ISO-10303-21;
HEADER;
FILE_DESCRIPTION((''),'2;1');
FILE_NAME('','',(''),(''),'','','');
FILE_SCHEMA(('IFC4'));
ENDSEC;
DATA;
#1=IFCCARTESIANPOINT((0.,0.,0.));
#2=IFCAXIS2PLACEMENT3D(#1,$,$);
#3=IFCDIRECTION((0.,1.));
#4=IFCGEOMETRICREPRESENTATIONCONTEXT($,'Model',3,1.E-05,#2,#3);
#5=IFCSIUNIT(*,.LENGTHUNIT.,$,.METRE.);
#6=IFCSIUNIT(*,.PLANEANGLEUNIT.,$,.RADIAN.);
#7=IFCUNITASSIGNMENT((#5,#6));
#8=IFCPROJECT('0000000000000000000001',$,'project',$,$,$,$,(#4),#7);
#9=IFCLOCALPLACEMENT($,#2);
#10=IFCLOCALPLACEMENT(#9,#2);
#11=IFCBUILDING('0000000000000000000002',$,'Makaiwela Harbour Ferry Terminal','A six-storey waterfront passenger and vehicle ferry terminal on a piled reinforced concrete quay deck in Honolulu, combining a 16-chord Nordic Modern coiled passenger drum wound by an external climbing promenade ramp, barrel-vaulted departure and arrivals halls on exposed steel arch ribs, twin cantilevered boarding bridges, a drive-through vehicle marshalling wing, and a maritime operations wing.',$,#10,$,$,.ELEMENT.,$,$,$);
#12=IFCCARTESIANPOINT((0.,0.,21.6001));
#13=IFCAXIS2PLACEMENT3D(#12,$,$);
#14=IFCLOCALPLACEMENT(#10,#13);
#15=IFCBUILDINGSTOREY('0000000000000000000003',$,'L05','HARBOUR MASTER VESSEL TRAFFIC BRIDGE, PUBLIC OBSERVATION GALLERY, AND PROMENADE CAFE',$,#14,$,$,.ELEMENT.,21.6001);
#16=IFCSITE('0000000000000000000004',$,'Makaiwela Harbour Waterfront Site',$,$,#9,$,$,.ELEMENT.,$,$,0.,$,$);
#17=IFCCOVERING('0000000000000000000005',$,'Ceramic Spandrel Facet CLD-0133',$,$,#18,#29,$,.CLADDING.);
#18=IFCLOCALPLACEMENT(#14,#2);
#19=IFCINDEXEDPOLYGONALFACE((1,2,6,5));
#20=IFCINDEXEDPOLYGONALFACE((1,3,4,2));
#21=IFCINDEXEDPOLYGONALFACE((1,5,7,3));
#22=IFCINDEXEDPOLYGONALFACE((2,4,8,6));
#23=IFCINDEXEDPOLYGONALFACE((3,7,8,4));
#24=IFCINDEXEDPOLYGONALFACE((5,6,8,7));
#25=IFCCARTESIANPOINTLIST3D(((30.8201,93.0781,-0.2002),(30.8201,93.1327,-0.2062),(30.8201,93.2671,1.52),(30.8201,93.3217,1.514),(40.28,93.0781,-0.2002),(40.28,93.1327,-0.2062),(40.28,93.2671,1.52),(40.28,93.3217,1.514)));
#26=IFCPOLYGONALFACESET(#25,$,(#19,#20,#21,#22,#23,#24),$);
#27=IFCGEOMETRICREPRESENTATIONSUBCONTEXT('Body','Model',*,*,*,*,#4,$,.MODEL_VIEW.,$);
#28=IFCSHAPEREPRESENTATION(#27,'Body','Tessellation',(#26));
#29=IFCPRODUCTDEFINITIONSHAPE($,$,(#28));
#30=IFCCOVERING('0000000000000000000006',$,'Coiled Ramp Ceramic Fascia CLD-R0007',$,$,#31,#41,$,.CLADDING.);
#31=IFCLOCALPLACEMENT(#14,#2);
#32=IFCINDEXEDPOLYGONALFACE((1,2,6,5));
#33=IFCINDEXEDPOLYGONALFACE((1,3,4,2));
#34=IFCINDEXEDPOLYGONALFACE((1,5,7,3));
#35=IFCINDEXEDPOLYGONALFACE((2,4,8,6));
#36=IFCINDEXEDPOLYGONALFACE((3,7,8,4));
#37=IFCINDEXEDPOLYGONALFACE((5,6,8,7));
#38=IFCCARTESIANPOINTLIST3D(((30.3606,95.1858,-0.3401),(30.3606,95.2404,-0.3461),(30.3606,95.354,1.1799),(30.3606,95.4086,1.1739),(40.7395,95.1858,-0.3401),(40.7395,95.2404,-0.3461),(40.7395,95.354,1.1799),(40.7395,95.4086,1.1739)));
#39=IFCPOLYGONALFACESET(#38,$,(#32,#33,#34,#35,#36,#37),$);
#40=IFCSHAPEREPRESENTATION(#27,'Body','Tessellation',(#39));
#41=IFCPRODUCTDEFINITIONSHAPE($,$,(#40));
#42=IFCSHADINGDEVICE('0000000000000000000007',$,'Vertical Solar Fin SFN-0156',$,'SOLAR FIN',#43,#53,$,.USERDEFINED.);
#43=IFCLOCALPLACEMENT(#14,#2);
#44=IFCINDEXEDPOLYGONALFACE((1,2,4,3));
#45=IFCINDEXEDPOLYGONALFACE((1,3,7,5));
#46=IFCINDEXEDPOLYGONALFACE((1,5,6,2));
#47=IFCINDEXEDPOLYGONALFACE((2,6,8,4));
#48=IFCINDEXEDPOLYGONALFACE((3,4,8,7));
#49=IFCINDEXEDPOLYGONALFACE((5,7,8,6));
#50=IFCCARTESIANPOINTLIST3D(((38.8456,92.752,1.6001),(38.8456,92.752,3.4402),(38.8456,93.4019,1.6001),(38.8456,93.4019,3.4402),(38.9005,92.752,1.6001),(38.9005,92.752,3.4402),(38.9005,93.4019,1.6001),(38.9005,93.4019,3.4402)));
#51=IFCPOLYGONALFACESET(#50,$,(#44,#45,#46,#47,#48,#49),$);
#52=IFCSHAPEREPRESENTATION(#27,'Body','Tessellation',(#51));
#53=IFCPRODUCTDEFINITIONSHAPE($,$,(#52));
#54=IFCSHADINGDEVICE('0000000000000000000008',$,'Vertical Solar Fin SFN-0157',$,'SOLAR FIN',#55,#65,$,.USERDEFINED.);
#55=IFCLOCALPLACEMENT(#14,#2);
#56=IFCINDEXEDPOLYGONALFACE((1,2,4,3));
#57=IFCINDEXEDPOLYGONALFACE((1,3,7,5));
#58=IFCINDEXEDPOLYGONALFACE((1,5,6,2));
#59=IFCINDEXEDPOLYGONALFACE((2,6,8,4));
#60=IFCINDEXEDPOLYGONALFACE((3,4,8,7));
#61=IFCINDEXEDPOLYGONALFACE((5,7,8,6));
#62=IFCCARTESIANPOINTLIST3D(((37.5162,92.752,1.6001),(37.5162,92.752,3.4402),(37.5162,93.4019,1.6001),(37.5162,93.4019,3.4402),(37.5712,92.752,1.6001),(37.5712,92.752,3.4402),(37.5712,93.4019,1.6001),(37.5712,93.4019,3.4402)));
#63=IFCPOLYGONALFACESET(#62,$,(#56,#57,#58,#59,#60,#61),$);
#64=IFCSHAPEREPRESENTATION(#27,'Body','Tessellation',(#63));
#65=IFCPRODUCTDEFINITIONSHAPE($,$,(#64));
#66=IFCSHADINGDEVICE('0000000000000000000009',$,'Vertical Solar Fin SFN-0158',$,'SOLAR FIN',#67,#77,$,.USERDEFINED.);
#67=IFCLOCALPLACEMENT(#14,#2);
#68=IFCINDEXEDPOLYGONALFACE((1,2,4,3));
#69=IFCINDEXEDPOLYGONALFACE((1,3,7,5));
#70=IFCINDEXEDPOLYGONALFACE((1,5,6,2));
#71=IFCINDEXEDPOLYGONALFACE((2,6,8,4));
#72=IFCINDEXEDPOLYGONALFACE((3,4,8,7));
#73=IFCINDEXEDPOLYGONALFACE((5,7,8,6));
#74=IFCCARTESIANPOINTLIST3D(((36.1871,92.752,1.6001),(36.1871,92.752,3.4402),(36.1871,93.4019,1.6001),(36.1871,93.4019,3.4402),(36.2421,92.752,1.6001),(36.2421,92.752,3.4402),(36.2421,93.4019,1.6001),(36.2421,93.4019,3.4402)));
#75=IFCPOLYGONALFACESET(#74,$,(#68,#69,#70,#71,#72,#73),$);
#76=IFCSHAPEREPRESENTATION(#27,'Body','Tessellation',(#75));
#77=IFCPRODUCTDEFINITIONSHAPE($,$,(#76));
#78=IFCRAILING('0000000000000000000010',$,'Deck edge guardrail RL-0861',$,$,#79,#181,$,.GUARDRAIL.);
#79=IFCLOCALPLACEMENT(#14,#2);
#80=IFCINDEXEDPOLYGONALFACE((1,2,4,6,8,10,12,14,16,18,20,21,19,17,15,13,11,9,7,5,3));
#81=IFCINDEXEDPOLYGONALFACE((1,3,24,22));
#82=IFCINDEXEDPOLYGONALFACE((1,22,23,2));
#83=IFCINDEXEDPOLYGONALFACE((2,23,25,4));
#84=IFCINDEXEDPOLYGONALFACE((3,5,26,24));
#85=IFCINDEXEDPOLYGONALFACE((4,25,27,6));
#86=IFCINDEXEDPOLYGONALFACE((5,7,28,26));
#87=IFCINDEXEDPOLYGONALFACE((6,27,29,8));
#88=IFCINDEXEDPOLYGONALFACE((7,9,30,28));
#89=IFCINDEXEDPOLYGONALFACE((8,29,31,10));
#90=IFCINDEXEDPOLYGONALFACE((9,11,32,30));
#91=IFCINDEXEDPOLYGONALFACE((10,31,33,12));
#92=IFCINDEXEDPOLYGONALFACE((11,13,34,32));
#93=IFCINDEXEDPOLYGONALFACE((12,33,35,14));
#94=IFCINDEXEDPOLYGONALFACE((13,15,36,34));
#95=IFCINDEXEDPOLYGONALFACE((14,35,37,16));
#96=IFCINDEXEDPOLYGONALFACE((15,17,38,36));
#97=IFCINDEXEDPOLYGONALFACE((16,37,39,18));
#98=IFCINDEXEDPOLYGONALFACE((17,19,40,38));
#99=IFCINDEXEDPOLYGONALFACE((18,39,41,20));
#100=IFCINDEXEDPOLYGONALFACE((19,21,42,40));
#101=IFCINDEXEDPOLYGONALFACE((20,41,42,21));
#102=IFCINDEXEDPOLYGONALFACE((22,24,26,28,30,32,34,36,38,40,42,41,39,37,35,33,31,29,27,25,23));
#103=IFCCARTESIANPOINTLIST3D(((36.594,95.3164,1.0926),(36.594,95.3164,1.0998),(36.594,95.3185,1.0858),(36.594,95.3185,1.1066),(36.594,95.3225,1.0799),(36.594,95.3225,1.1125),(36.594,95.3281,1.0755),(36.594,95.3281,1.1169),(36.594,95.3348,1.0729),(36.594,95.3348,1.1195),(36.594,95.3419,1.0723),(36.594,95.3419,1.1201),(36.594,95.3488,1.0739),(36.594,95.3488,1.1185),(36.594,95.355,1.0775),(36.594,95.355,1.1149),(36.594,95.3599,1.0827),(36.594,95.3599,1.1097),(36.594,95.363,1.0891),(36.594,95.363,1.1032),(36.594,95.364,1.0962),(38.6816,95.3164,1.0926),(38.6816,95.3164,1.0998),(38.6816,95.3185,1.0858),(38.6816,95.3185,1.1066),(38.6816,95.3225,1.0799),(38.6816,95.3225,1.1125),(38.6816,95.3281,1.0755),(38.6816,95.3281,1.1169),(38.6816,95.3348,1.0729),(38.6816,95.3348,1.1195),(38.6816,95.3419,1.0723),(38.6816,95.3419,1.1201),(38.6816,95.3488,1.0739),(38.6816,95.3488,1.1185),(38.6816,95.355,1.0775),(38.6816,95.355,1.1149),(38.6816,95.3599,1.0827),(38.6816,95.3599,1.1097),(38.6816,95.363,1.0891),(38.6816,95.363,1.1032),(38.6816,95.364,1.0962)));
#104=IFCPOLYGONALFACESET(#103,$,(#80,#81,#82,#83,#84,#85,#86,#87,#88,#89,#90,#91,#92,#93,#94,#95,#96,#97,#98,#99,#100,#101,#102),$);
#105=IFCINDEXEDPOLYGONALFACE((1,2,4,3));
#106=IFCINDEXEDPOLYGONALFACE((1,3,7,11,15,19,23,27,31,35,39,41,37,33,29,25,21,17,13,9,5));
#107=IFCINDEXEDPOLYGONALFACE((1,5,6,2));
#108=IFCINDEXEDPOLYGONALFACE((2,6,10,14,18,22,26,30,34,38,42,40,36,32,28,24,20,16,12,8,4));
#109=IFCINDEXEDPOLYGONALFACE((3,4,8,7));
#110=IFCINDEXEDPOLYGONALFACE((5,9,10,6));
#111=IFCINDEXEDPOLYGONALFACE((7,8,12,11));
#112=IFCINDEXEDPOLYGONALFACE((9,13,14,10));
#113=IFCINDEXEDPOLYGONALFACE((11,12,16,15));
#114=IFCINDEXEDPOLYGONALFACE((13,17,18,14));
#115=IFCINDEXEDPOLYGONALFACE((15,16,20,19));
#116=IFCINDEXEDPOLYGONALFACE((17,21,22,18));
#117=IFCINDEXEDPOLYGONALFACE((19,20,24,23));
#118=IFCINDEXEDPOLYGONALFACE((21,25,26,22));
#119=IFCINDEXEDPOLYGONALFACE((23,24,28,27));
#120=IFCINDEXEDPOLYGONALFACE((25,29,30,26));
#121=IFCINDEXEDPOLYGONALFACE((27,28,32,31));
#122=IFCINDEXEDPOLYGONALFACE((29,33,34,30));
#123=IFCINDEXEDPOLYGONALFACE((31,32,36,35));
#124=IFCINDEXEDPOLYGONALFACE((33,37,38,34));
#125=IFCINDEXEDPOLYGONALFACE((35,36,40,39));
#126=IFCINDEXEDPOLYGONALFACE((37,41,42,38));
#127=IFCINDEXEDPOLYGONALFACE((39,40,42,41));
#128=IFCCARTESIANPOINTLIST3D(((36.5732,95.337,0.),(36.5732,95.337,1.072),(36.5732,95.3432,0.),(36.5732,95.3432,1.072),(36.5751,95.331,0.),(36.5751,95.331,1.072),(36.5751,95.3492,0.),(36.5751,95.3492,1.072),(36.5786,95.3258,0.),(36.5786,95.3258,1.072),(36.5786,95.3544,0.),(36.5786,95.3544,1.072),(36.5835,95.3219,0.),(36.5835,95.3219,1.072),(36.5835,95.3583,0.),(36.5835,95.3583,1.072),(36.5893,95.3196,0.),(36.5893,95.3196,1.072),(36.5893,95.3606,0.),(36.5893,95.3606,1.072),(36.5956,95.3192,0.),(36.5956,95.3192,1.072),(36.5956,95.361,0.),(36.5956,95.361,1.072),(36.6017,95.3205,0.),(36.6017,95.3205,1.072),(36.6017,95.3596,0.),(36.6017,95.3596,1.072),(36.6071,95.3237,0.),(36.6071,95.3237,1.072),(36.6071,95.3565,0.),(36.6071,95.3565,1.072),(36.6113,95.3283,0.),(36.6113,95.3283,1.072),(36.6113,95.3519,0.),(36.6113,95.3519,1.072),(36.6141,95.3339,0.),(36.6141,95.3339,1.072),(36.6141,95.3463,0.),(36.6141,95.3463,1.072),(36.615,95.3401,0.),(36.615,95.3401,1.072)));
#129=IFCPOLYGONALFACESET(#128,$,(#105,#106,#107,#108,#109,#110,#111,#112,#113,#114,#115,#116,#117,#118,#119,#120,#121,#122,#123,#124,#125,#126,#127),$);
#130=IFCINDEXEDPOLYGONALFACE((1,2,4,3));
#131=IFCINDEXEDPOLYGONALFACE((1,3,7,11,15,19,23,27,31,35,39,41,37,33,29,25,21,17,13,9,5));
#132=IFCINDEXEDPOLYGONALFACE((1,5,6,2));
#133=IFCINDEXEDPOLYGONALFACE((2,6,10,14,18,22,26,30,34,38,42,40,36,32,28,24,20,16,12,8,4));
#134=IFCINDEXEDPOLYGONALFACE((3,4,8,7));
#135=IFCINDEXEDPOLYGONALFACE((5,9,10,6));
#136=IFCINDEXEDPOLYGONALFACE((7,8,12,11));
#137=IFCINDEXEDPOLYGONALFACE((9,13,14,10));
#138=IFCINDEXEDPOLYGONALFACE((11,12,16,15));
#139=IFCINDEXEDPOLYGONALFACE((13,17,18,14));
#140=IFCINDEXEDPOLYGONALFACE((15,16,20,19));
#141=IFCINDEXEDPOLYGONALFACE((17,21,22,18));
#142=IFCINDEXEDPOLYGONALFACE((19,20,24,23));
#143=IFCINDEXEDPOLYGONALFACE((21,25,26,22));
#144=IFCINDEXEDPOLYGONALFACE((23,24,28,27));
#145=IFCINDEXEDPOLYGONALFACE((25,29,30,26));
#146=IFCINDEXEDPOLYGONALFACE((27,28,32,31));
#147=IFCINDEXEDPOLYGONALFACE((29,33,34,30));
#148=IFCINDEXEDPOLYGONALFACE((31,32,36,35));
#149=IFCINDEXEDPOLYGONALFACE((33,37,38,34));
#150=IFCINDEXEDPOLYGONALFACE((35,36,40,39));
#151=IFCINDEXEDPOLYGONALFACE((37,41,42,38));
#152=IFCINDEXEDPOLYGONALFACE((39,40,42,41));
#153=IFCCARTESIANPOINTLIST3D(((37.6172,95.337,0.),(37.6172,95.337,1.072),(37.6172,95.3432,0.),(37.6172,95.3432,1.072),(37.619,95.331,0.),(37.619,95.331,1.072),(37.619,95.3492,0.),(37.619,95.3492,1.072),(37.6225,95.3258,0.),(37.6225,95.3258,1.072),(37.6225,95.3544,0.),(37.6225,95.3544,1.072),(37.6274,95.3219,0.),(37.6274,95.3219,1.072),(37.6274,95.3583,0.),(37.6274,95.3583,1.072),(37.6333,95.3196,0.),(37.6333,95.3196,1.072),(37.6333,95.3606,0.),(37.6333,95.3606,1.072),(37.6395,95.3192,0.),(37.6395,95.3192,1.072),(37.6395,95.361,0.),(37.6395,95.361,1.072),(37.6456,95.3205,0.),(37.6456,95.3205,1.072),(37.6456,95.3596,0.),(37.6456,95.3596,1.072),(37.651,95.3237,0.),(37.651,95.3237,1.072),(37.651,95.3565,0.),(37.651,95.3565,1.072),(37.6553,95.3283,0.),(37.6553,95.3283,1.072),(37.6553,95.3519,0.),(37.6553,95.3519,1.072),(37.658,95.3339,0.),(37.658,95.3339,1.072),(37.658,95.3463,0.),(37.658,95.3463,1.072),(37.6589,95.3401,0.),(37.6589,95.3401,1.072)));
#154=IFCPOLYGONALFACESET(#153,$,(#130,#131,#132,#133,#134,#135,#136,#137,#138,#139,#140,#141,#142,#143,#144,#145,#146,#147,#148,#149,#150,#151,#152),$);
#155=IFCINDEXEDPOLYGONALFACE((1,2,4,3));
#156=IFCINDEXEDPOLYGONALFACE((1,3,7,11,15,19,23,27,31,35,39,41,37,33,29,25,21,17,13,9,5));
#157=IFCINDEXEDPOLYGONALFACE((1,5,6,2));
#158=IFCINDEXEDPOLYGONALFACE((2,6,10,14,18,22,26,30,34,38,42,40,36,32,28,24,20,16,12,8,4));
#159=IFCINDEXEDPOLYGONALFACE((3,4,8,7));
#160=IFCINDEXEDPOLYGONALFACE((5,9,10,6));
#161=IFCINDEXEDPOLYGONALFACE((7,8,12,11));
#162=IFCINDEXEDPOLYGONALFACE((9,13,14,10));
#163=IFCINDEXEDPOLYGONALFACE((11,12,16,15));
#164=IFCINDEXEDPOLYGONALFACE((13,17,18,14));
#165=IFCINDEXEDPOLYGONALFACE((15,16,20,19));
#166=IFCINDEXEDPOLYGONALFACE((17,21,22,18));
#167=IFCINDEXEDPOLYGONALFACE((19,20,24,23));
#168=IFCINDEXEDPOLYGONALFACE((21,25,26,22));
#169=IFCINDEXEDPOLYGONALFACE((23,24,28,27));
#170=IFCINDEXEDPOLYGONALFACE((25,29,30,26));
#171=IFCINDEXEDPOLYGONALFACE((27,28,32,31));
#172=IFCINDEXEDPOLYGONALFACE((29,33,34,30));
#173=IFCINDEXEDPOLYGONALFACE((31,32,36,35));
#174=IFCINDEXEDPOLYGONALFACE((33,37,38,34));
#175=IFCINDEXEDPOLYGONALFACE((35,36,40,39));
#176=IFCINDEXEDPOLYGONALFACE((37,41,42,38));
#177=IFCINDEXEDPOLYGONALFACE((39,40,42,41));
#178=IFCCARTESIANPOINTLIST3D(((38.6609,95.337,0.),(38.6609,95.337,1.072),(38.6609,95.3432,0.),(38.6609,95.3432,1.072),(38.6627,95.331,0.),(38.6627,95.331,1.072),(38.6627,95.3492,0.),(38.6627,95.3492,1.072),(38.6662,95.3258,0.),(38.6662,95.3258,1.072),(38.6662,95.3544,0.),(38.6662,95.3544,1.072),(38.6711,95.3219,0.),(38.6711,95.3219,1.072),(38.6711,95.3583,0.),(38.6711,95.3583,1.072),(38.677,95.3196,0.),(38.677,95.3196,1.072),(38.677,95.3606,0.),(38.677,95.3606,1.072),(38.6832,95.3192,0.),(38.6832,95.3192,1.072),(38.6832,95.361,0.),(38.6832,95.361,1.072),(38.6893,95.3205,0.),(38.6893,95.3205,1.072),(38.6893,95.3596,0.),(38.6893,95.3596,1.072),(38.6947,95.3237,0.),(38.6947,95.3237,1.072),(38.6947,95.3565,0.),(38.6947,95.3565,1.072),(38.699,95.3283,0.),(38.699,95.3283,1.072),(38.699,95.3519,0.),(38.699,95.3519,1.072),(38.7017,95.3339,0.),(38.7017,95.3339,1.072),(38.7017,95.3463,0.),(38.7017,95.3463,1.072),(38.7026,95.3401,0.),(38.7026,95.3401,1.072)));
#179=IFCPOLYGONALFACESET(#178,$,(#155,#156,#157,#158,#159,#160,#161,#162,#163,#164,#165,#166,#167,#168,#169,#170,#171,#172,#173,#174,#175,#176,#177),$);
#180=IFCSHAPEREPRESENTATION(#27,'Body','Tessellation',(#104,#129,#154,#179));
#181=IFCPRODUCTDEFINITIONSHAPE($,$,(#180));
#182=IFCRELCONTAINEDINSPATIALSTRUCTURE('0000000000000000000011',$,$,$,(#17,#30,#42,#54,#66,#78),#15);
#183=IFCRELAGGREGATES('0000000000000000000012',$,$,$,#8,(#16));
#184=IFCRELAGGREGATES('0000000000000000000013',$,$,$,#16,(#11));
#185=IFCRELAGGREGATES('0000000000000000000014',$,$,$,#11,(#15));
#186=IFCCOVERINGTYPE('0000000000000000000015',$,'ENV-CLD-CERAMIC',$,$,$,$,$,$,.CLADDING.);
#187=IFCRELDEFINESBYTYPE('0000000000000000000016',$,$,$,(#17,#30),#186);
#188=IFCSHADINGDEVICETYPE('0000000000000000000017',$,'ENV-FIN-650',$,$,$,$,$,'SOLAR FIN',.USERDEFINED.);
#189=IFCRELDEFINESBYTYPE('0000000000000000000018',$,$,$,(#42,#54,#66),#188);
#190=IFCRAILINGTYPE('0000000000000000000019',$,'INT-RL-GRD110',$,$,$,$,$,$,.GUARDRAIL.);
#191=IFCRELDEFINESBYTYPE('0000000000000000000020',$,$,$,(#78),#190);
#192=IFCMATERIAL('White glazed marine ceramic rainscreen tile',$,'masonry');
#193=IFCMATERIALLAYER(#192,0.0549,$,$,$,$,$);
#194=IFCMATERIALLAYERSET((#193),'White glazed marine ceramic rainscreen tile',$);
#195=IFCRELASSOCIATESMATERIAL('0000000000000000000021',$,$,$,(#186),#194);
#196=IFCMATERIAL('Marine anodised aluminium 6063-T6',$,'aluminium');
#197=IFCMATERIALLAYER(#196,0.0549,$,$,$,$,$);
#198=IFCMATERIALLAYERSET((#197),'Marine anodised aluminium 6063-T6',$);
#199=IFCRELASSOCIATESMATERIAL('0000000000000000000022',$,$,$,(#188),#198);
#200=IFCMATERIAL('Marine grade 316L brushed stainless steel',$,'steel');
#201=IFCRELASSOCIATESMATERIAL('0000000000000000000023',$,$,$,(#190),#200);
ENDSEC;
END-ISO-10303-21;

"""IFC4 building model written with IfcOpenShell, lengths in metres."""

from ifc_helpers import new_model, si_unit, direction, frame, origin, origin_2d, place, context, subcontext, project, spatial, polyline, rectangle, circle, outline, extrude, material, layer, layer_set, type_object, element, save


model = new_model("IFC4")

# Units and contexts
model_context = context("Model", 3, precision=1e-05, world=origin(), true_north=direction((0.0, 1.0)))
body_context = subcontext(model_context, "Body", "Model", "MODEL_VIEW")
ifc_project = project(units=[si_unit("LENGTHUNIT", "METRE"), si_unit("PLANEANGLEUNIT", "RADIAN")], contexts=[model_context])

# Site, building, storey
site_placement = place(None, origin())
site = spatial("IfcSite", under=ifc_project, at=site_placement, Name="Makaiwela Harbour Waterfront Site", CompositionType="ELEMENT", RefElevation=0.0)
building_placement = place(site_placement, origin())
building = spatial("IfcBuilding", under=site, at=building_placement, Name="Makaiwela Harbour Ferry Terminal", Description="A six-storey waterfront passenger and vehicle ferry terminal on a piled reinforced concrete quay deck in Honolulu, combining a 16-chord Nordic Modern coiled passenger drum wound by an external climbing promenade ramp, barrel-vaulted departure and arrivals halls on exposed steel arch ribs, twin cantilevered boarding bridges, a drive-through vehicle marshalling wing, and a maritime operations wing.", CompositionType="ELEMENT")
storey_placement = place(building_placement, frame((0.0, 0.0, 21.6001)))
storey = spatial("IfcBuildingStorey", under=building, at=storey_placement, Name="L05", Description="HARBOUR MASTER VESSEL TRAFFIC BRIDGE, PUBLIC OBSERVATION GALLERY, AND PROMENADE CAFE", CompositionType="ELEMENT", Elevation=21.6001)

# Shared definitions
ifc_material_1 = material(Name="Marine anodised aluminium 6063-T6", Category="aluminium")

# Coverings
ifc_material_2 = material(Name="White glazed marine ceramic rainscreen tile", Category="masonry")
ifc_layer_1 = layer(ifc_material_2, 0.0549)
ifc_layer_set_1 = layer_set([ifc_layer_1], Name="White glazed marine ceramic rainscreen tile")
covering_type = type_object("IfcCoveringType", Name="ENV-CLD-CERAMIC", PredefinedType="CLADDING", material=ifc_layer_set_1)
covering_1_placement = place(storey_placement, frame((40.28, 93.0781, -0.2002), z_axis=(0.0, -0.994021, 0.109193), x_axis=(-1.0, 0.0, 0.0)))
element("IfcCovering", 1, at=covering_1_placement, inside=storey, type_object=covering_type, Name="Ceramic Spandrel Facet CLD-0133", PredefinedType="CLADDING", context=body_context, shape_type="SweptSolid", body=[
    extrude(outline(polyline([(0.0, 0.0), (9.46, 0.0), (9.46, -1.7306), (0.0, -1.7306), (0.0, 0.0)])), origin(), (0.0, 0.0, -1.0), 0.0549),
])
covering_2_placement = place(storey_placement, frame((40.7395, 95.1858, -0.3401), z_axis=(0.0, -0.993932, 0.109993), x_axis=(-1.0, 0.0, 0.0)))
element("IfcCovering", 2, at=covering_2_placement, inside=storey, type_object=covering_type, Name="Coiled Ramp Ceramic Fascia CLD-R0007", PredefinedType="CLADDING", context=body_context, shape_type="SweptSolid", body=[
    extrude(outline(polyline([(0.0, 0.0), (10.3789, 0.0), (10.3789, -1.5293), (0.0, -1.5293), (0.0, 0.0)])), origin(), (0.0, 0.0, -1.0), 0.0549),
])

# Shading devices
ifc_layer_2 = layer(ifc_material_1, 0.0549)
ifc_layer_set_2 = layer_set([ifc_layer_2], Name="Marine anodised aluminium 6063-T6")
shading_device_type = type_object("IfcShadingDeviceType", Name="ENV-FIN-650", ElementType="SOLAR FIN", PredefinedType="USERDEFINED", material=ifc_layer_set_2)
for number, where, z_axis, x_axis, name in (
    (3, (38.873, 93.0769, 1.6001), (0.0, 0.0, 1.0), (0.0, 1.0, 0.0), "Vertical Solar Fin SFN-0156"),
    (4, (37.5437, 93.0769, 1.6001), (0.0, 0.0, 1.0), (0.0, 1.0, 0.0), "Vertical Solar Fin SFN-0157"),
    (5, (36.2146, 93.0769, 1.6001), (0.0, 0.0, 1.0), (0.0, 1.0, 0.0), "Vertical Solar Fin SFN-0158"),
):
    element("IfcShadingDevice", number, at=place(storey_placement, frame(where, z_axis=z_axis, x_axis=x_axis)), inside=storey, type_object=shading_device_type, Name=name, ObjectType="SOLAR FIN", PredefinedType="USERDEFINED", context=body_context, shape_type="SweptSolid", body=[
        extrude(rectangle(XDim=0.6499, YDim=0.0549, at=origin_2d()), origin(), (0.0, 0.0, 1.0), 1.8401),
    ])

# Railing
ifc_material_3 = material(Name="Marine grade 316L brushed stainless steel", Category="steel")
railing_type = type_object("IfcRailingType", Name="INT-RL-GRD110", PredefinedType="GUARDRAIL", material=ifc_material_3)
for number, where, name in (
    (6, (36.594, 95.3401, 0.0), "Deck edge guardrail RL-0861"),
):
    element("IfcRailing", number, at=place(storey_placement, frame(where)), inside=storey, type_object=railing_type, Name=name, PredefinedType="GUARDRAIL", context=body_context, shape_type="SweptSolid", body=[
        extrude(circle(Radius=0.0239, at=origin_2d()), frame((0.0, 0.0, 1.0962), z_axis=(1.0, 0.0, 0.0), x_axis=(0.0, 1.0, 0.0)), (0.0, 0.0, 1.0), 2.0876),
        extrude(circle(Radius=0.021, at=origin_2d()), origin(), (0.0, 0.0, 1.0), 1.072),
        extrude(circle(Radius=0.021, at=origin_2d()), frame((1.0439, 0.0, 0.0)), (0.0, 0.0, 1.0), 1.072),
        extrude(circle(Radius=0.021, at=origin_2d()), frame((2.0876, 0.0, 0.0)), (0.0, 0.0, 1.0), 1.072),
    ])

save(model, "model.ifc")
